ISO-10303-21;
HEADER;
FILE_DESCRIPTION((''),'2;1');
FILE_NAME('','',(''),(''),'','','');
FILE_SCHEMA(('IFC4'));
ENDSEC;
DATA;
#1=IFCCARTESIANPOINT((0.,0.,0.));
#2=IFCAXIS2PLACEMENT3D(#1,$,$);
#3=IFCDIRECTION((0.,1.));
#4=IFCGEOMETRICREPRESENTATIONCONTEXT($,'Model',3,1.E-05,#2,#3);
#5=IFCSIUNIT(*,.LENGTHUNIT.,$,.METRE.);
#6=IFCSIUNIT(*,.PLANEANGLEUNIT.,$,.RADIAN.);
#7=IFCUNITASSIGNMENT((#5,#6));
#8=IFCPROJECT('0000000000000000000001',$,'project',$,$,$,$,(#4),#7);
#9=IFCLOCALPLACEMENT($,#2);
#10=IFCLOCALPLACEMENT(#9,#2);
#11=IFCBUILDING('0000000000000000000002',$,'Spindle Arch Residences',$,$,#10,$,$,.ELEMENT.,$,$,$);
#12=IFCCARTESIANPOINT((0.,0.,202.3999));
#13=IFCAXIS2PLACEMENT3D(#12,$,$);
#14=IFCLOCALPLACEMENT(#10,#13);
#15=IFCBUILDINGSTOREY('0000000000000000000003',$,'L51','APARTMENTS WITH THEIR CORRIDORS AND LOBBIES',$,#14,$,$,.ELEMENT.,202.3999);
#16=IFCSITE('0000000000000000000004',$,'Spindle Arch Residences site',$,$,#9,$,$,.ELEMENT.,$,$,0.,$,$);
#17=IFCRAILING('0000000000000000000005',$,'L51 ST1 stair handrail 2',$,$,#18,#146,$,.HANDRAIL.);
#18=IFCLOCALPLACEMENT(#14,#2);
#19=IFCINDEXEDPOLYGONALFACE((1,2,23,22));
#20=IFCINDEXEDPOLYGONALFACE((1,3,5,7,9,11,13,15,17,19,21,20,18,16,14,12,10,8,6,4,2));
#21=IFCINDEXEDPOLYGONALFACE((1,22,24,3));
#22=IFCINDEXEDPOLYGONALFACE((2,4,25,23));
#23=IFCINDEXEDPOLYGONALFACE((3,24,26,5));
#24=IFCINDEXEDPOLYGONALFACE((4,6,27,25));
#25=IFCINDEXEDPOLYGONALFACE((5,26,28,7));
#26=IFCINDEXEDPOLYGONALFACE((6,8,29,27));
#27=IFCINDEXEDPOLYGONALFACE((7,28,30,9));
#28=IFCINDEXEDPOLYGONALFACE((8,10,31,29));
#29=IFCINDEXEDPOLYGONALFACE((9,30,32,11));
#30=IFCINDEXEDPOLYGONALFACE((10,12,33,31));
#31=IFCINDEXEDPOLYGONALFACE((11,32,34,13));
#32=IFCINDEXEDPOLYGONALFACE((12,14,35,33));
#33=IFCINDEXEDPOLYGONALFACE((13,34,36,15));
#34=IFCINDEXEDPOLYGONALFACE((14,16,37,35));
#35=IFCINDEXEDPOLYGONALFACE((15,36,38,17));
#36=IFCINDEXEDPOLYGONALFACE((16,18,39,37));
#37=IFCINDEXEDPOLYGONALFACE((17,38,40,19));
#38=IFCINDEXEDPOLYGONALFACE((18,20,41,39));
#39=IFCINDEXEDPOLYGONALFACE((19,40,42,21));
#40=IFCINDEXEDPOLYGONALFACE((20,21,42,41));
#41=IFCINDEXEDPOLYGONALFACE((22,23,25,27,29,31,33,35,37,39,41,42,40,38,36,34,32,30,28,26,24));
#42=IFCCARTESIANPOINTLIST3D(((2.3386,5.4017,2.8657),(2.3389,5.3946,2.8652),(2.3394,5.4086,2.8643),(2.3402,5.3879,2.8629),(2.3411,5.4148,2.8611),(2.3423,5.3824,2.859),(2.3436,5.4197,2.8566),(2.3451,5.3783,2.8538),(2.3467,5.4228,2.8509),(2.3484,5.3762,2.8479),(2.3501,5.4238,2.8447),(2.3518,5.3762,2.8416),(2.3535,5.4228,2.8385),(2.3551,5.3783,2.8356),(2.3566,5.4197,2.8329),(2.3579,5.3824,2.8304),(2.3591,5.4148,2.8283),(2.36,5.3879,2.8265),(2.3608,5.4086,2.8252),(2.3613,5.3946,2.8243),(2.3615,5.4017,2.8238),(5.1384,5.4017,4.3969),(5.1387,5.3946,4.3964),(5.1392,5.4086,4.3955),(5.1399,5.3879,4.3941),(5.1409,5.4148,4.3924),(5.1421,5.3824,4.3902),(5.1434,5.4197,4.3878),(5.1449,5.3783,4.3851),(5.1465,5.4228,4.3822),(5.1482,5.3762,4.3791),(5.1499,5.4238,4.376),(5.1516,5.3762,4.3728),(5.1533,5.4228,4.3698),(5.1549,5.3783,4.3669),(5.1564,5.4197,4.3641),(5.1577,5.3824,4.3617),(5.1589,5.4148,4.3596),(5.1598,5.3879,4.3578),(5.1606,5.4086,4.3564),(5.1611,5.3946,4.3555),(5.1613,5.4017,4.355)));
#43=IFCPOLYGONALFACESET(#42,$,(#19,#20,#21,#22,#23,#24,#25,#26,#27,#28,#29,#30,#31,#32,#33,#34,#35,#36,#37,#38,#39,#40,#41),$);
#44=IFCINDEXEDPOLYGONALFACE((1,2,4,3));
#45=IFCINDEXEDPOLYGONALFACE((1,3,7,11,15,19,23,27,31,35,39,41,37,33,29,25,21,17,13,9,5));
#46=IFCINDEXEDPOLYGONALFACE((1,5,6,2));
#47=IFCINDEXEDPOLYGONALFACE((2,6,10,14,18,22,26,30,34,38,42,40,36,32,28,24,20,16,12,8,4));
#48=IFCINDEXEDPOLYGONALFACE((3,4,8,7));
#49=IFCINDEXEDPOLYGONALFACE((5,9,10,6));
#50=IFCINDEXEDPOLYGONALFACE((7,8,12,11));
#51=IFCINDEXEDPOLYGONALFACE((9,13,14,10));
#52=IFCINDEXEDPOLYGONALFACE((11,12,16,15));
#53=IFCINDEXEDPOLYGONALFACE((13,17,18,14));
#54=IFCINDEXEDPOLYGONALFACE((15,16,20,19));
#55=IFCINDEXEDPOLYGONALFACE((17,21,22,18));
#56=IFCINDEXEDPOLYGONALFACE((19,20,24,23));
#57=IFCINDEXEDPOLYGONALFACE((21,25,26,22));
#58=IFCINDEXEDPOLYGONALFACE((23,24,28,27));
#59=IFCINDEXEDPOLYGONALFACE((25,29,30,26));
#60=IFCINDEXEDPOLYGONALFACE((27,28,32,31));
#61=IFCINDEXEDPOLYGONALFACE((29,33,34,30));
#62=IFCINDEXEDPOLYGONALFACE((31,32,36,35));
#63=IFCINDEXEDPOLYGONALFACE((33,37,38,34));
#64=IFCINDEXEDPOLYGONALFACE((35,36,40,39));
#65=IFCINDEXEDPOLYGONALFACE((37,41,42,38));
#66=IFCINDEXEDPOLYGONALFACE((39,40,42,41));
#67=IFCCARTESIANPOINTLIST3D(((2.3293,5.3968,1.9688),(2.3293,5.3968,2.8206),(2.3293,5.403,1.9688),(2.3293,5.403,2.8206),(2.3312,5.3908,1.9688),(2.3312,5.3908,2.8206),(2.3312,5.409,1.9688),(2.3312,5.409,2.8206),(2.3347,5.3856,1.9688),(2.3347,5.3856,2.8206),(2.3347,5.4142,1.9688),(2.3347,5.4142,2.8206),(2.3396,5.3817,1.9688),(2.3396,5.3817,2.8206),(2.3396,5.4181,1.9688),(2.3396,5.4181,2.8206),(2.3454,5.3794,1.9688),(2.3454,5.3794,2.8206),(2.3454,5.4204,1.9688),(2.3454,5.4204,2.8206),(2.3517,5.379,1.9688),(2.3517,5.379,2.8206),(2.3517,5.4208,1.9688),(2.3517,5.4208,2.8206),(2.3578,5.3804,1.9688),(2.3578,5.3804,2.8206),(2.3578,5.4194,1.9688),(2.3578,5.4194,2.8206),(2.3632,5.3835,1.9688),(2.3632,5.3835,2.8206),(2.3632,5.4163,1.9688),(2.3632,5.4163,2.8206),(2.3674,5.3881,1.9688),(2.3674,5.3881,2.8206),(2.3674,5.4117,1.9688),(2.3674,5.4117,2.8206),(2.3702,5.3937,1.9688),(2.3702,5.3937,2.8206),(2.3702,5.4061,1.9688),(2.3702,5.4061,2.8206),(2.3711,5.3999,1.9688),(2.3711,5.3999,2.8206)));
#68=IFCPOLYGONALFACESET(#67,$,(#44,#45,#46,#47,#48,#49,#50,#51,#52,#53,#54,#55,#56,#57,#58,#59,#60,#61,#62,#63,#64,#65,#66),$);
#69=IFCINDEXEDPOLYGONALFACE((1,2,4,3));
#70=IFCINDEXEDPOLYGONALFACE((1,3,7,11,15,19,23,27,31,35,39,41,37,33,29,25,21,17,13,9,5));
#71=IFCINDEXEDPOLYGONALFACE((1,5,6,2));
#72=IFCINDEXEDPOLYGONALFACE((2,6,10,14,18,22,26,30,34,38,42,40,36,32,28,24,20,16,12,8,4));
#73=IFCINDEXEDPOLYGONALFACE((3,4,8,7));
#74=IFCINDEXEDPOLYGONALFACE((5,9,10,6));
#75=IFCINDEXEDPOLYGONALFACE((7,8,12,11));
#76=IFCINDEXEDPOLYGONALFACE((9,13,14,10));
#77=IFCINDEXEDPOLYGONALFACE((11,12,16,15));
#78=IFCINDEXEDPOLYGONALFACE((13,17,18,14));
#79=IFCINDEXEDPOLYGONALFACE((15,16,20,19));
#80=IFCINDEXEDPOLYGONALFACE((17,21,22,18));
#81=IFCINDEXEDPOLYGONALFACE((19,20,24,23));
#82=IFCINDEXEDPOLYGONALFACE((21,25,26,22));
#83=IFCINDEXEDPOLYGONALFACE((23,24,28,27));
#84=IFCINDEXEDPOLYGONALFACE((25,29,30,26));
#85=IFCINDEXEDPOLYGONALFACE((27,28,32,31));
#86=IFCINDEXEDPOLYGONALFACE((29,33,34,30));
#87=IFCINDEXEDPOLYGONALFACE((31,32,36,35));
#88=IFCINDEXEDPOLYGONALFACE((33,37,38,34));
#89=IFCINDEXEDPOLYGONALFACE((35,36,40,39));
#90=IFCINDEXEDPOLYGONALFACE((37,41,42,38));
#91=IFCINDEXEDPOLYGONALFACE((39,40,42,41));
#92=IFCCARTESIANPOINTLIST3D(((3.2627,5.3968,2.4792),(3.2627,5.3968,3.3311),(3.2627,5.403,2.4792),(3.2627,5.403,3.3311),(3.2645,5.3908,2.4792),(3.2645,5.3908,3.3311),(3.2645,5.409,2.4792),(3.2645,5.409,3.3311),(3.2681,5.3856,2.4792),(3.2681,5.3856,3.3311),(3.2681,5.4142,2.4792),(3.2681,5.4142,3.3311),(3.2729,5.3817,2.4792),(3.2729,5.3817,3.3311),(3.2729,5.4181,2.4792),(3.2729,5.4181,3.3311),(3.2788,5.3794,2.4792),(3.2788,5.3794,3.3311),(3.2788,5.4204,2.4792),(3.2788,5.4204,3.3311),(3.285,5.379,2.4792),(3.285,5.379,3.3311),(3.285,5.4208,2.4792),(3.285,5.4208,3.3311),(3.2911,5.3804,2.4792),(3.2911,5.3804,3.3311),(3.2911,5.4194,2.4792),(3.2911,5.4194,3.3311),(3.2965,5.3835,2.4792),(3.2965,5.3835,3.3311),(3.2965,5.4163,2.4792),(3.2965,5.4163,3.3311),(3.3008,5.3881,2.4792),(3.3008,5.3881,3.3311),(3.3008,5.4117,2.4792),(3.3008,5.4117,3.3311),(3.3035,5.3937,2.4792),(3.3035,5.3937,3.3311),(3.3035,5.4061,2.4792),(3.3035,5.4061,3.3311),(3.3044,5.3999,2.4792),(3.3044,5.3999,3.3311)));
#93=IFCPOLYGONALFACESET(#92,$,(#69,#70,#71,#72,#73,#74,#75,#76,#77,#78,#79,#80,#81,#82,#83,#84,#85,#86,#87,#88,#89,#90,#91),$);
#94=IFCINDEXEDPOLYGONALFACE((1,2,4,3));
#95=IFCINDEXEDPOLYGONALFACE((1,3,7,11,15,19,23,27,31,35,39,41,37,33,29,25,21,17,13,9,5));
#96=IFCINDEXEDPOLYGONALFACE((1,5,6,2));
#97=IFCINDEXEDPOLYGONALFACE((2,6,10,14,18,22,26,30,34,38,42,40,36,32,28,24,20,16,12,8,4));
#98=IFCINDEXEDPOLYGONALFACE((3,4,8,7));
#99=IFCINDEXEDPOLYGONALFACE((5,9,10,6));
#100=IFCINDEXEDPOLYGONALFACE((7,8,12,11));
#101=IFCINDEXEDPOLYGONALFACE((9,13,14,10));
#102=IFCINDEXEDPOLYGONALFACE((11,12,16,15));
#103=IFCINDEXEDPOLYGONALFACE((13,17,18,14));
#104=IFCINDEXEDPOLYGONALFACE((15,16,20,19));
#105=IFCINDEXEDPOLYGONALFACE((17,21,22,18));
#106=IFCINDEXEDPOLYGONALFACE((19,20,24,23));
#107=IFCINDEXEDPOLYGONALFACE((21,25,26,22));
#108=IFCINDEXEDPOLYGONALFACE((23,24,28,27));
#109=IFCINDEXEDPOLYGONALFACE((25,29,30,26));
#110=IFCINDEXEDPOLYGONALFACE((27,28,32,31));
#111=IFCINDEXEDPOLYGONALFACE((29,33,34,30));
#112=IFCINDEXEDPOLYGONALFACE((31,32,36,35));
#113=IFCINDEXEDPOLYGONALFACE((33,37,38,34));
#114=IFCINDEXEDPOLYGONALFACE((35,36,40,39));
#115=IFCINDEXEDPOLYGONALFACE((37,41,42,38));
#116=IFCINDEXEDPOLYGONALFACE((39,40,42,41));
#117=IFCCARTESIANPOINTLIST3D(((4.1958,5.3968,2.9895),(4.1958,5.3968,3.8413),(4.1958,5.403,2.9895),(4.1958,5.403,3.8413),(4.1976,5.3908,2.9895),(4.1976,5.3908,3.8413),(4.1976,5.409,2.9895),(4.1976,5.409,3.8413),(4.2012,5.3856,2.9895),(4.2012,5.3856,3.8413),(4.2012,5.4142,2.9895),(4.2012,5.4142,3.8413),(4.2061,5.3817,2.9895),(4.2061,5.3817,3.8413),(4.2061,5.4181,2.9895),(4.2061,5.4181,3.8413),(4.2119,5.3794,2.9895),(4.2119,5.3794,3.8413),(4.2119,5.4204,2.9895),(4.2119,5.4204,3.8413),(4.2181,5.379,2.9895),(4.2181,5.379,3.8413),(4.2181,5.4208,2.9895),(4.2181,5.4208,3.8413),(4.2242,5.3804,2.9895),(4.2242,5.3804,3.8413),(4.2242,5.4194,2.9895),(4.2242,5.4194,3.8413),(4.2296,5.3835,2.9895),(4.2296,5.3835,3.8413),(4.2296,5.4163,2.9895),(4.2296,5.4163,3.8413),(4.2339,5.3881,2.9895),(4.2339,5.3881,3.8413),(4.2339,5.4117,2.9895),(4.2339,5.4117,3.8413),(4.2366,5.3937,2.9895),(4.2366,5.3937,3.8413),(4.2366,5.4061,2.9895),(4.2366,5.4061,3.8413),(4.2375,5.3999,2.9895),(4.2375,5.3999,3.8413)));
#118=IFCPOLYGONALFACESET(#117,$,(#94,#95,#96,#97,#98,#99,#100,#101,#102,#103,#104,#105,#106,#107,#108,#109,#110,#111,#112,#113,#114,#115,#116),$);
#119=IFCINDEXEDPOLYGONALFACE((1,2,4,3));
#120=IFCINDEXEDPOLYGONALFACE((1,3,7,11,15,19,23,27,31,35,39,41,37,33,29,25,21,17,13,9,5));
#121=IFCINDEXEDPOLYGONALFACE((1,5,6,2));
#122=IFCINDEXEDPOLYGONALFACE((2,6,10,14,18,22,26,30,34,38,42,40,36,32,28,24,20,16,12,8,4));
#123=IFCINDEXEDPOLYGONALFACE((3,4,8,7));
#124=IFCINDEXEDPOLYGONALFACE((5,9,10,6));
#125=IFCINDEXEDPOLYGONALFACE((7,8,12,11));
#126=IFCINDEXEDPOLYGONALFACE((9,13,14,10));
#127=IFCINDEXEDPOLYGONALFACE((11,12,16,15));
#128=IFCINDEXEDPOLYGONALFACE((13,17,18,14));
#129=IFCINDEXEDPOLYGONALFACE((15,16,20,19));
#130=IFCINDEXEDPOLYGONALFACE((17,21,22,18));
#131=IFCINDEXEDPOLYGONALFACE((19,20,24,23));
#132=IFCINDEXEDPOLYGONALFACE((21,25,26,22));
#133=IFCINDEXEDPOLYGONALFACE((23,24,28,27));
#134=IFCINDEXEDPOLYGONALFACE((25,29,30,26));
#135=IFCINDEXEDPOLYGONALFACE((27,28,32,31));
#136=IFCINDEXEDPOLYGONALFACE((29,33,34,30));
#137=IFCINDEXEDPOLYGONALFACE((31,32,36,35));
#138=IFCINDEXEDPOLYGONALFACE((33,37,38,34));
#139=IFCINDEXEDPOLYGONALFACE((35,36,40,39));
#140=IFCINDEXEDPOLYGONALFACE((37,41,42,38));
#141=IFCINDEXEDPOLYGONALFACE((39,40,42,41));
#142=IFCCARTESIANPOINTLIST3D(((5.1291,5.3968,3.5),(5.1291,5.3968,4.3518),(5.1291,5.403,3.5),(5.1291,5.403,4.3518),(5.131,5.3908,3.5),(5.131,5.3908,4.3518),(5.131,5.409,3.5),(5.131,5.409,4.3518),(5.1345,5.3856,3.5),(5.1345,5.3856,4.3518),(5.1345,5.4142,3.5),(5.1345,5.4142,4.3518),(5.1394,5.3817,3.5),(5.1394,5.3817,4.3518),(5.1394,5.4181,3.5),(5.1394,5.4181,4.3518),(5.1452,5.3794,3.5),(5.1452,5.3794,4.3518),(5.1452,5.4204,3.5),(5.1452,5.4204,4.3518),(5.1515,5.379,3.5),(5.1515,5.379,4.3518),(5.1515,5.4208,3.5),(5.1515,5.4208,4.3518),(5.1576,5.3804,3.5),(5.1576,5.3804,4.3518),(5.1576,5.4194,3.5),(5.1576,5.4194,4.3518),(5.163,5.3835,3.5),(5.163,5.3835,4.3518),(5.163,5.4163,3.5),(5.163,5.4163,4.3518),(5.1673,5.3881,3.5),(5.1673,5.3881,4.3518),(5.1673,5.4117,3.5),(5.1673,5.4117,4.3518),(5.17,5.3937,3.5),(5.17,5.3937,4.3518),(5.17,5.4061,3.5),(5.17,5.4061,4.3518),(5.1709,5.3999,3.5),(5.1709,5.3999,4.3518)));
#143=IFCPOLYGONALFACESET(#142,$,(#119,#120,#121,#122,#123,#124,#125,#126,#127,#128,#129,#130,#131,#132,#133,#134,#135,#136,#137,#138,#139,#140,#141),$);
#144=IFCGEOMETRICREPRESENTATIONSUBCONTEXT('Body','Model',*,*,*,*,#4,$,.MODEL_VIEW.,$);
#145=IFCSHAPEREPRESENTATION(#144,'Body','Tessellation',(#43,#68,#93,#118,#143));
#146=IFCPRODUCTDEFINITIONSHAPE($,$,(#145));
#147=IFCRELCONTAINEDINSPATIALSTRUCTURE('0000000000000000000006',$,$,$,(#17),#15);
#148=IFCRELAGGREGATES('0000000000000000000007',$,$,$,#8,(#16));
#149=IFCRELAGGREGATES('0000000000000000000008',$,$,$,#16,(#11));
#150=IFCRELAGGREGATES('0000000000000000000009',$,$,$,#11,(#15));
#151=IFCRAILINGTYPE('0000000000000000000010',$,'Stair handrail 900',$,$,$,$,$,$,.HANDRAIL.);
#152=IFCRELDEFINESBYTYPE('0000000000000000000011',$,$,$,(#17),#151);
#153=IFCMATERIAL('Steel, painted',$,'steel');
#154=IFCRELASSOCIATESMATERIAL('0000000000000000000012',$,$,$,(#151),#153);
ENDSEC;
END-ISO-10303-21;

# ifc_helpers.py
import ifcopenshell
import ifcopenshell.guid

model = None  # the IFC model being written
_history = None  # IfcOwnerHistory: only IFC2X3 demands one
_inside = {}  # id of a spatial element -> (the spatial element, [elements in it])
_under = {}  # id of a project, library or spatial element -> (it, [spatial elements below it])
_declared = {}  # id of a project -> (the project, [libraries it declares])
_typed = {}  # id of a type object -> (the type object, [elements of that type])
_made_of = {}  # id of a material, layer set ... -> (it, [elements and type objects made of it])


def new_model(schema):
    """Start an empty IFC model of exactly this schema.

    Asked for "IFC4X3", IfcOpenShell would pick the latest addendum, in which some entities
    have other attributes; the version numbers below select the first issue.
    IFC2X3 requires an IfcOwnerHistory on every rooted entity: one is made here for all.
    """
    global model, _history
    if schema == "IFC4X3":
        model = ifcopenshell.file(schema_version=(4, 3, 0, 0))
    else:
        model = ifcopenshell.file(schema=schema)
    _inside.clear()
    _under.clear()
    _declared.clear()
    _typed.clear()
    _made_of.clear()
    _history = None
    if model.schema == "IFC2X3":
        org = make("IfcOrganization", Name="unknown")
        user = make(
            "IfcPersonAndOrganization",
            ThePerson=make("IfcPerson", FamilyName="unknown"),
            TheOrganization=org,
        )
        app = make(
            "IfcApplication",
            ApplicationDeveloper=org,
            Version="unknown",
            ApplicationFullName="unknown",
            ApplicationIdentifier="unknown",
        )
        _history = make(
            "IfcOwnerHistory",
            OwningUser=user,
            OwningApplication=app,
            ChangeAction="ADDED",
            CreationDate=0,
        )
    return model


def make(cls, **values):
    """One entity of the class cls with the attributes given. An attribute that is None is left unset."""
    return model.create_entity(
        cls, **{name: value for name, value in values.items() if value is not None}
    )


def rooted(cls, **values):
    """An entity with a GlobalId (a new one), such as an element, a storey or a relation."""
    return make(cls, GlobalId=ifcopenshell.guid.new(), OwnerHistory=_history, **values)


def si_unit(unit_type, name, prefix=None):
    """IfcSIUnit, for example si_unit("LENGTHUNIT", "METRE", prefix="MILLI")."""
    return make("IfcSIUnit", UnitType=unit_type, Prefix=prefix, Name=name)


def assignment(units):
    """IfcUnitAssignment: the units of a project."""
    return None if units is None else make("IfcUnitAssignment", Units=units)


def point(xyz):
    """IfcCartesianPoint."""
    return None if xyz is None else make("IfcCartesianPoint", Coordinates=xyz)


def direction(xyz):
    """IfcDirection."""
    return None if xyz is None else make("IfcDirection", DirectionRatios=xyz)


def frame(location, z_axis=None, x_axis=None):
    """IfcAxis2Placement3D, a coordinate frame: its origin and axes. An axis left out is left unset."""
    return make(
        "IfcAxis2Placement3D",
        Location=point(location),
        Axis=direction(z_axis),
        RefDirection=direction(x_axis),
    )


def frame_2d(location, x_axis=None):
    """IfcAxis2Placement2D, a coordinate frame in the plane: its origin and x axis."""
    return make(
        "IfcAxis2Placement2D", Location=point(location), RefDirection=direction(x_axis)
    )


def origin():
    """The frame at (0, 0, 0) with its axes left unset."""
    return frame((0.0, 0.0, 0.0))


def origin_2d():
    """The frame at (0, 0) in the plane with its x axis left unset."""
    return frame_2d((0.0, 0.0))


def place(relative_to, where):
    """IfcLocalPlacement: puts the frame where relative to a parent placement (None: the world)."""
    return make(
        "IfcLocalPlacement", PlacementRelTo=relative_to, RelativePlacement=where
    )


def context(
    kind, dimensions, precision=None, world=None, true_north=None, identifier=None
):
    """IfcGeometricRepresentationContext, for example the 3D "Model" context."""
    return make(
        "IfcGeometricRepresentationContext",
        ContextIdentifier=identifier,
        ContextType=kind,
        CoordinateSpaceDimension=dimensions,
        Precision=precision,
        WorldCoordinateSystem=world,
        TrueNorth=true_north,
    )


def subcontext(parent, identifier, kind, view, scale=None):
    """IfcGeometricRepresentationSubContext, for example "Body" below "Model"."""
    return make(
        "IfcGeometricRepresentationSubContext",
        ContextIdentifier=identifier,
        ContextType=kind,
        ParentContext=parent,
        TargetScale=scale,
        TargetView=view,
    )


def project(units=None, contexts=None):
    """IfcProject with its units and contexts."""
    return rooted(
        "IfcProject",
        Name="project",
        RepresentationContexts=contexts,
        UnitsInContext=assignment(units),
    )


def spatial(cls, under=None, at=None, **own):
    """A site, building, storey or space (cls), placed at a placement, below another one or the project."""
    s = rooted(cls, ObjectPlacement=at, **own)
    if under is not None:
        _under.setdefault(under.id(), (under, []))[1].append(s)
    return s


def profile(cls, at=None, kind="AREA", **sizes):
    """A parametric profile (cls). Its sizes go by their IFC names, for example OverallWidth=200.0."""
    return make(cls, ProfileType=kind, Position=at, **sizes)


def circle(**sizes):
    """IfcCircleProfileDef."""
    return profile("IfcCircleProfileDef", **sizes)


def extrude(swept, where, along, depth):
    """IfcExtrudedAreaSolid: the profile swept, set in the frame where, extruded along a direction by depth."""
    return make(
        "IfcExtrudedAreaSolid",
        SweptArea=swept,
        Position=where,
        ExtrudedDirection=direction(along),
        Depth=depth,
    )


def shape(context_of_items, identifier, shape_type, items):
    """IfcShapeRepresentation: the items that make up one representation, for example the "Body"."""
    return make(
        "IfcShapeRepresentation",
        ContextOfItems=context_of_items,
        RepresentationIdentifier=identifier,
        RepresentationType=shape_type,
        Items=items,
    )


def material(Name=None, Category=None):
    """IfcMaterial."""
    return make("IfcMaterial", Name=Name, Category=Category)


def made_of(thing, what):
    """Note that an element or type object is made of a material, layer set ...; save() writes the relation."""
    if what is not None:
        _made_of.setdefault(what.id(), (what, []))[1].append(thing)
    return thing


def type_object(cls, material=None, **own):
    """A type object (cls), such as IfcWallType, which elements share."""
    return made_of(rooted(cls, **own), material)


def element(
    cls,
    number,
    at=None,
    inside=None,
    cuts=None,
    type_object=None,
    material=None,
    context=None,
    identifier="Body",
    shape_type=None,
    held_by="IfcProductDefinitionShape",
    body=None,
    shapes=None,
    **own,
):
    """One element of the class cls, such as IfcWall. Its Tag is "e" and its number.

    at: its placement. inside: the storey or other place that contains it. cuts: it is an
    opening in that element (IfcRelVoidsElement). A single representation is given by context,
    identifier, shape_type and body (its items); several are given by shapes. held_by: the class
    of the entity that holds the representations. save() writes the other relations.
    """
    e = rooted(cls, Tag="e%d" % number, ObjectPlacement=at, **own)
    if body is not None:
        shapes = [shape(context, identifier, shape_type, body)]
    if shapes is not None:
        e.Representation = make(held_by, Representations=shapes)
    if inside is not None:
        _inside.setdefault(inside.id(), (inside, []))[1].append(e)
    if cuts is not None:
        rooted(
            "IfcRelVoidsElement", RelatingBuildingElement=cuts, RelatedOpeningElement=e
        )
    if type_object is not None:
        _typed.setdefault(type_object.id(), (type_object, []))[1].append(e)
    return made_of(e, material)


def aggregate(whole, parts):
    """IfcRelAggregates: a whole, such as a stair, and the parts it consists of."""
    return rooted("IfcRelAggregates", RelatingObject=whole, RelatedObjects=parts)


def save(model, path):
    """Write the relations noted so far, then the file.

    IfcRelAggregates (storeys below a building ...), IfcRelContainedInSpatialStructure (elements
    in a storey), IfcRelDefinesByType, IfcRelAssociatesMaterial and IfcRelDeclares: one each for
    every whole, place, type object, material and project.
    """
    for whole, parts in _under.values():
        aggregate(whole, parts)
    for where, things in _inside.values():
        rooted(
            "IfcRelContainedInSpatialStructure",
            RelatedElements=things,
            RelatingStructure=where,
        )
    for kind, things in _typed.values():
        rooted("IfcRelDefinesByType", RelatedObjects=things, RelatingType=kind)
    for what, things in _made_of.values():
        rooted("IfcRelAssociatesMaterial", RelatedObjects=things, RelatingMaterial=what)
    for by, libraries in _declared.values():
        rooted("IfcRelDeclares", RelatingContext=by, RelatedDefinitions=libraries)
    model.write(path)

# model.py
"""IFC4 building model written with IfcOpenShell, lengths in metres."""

from ifc_helpers import new_model, si_unit, direction, frame, origin, origin_2d, place, context, subcontext, project, spatial, circle, extrude, material, type_object, element, save


model = new_model("IFC4")

# Units and contexts
model_context = context("Model", 3, precision=1e-05, world=origin(), true_north=direction((0.0, 1.0)))
body_context = subcontext(model_context, "Body", "Model", "MODEL_VIEW")
ifc_project = project(units=[si_unit("LENGTHUNIT", "METRE"), si_unit("PLANEANGLEUNIT", "RADIAN")], contexts=[model_context])

# Site, building, storey
site_placement = place(None, origin())
site = spatial("IfcSite", under=ifc_project, at=site_placement, Name="Spindle Arch Residences site", CompositionType="ELEMENT", RefElevation=0.0)
building_placement = place(site_placement, origin())
building = spatial("IfcBuilding", under=site, at=building_placement, Name="Spindle Arch Residences", CompositionType="ELEMENT")
storey_placement = place(building_placement, frame((0.0, 0.0, 202.3999)))
storey = spatial("IfcBuildingStorey", under=building, at=storey_placement, Name="L51", Description="APARTMENTS WITH THEIR CORRIDORS AND LOBBIES", CompositionType="ELEMENT", Elevation=202.3999)

# Railing
ifc_material_1 = material(Name="Steel, painted", Category="steel")
railing_type_1 = type_object("IfcRailingType", Name="Stair handrail 900", PredefinedType="HANDRAIL", material=ifc_material_1)
railing_1_placement = place(storey_placement, frame((2.3501, 5.3999, 1.9688)))
element("IfcRailing", 1, at=railing_1_placement, inside=storey, type_object=railing_type_1, Name="L51 ST1 stair handrail 2", PredefinedType="HANDRAIL", context=body_context, shape_type="SweptSolid", body=[
    extrude(circle(Radius=0.0239, at=origin_2d()), frame((0.0, 0.0, 0.876), z_axis=(0.877357, 0.0, 0.479838), x_axis=(0.0, 1.0, 0.0)), (0.0, 0.0, 1.0), 3.1912),
    extrude(circle(Radius=0.021, at=origin_2d()), origin(), (0.0, 0.0, 1.0), 0.8518),
    extrude(circle(Radius=0.021, at=origin_2d()), frame((0.9333, 0.0, 0.5105)), (0.0, 0.0, 1.0), 0.8518),
    extrude(circle(Radius=0.021, at=origin_2d()), frame((1.8665, 0.0, 1.0208)), (0.0, 0.0, 1.0), 0.8518),
    extrude(circle(Radius=0.021, at=origin_2d()), frame((2.7998, 0.0, 1.5312)), (0.0, 0.0, 1.0), 0.8518),
])

save(model, "model.ifc")
